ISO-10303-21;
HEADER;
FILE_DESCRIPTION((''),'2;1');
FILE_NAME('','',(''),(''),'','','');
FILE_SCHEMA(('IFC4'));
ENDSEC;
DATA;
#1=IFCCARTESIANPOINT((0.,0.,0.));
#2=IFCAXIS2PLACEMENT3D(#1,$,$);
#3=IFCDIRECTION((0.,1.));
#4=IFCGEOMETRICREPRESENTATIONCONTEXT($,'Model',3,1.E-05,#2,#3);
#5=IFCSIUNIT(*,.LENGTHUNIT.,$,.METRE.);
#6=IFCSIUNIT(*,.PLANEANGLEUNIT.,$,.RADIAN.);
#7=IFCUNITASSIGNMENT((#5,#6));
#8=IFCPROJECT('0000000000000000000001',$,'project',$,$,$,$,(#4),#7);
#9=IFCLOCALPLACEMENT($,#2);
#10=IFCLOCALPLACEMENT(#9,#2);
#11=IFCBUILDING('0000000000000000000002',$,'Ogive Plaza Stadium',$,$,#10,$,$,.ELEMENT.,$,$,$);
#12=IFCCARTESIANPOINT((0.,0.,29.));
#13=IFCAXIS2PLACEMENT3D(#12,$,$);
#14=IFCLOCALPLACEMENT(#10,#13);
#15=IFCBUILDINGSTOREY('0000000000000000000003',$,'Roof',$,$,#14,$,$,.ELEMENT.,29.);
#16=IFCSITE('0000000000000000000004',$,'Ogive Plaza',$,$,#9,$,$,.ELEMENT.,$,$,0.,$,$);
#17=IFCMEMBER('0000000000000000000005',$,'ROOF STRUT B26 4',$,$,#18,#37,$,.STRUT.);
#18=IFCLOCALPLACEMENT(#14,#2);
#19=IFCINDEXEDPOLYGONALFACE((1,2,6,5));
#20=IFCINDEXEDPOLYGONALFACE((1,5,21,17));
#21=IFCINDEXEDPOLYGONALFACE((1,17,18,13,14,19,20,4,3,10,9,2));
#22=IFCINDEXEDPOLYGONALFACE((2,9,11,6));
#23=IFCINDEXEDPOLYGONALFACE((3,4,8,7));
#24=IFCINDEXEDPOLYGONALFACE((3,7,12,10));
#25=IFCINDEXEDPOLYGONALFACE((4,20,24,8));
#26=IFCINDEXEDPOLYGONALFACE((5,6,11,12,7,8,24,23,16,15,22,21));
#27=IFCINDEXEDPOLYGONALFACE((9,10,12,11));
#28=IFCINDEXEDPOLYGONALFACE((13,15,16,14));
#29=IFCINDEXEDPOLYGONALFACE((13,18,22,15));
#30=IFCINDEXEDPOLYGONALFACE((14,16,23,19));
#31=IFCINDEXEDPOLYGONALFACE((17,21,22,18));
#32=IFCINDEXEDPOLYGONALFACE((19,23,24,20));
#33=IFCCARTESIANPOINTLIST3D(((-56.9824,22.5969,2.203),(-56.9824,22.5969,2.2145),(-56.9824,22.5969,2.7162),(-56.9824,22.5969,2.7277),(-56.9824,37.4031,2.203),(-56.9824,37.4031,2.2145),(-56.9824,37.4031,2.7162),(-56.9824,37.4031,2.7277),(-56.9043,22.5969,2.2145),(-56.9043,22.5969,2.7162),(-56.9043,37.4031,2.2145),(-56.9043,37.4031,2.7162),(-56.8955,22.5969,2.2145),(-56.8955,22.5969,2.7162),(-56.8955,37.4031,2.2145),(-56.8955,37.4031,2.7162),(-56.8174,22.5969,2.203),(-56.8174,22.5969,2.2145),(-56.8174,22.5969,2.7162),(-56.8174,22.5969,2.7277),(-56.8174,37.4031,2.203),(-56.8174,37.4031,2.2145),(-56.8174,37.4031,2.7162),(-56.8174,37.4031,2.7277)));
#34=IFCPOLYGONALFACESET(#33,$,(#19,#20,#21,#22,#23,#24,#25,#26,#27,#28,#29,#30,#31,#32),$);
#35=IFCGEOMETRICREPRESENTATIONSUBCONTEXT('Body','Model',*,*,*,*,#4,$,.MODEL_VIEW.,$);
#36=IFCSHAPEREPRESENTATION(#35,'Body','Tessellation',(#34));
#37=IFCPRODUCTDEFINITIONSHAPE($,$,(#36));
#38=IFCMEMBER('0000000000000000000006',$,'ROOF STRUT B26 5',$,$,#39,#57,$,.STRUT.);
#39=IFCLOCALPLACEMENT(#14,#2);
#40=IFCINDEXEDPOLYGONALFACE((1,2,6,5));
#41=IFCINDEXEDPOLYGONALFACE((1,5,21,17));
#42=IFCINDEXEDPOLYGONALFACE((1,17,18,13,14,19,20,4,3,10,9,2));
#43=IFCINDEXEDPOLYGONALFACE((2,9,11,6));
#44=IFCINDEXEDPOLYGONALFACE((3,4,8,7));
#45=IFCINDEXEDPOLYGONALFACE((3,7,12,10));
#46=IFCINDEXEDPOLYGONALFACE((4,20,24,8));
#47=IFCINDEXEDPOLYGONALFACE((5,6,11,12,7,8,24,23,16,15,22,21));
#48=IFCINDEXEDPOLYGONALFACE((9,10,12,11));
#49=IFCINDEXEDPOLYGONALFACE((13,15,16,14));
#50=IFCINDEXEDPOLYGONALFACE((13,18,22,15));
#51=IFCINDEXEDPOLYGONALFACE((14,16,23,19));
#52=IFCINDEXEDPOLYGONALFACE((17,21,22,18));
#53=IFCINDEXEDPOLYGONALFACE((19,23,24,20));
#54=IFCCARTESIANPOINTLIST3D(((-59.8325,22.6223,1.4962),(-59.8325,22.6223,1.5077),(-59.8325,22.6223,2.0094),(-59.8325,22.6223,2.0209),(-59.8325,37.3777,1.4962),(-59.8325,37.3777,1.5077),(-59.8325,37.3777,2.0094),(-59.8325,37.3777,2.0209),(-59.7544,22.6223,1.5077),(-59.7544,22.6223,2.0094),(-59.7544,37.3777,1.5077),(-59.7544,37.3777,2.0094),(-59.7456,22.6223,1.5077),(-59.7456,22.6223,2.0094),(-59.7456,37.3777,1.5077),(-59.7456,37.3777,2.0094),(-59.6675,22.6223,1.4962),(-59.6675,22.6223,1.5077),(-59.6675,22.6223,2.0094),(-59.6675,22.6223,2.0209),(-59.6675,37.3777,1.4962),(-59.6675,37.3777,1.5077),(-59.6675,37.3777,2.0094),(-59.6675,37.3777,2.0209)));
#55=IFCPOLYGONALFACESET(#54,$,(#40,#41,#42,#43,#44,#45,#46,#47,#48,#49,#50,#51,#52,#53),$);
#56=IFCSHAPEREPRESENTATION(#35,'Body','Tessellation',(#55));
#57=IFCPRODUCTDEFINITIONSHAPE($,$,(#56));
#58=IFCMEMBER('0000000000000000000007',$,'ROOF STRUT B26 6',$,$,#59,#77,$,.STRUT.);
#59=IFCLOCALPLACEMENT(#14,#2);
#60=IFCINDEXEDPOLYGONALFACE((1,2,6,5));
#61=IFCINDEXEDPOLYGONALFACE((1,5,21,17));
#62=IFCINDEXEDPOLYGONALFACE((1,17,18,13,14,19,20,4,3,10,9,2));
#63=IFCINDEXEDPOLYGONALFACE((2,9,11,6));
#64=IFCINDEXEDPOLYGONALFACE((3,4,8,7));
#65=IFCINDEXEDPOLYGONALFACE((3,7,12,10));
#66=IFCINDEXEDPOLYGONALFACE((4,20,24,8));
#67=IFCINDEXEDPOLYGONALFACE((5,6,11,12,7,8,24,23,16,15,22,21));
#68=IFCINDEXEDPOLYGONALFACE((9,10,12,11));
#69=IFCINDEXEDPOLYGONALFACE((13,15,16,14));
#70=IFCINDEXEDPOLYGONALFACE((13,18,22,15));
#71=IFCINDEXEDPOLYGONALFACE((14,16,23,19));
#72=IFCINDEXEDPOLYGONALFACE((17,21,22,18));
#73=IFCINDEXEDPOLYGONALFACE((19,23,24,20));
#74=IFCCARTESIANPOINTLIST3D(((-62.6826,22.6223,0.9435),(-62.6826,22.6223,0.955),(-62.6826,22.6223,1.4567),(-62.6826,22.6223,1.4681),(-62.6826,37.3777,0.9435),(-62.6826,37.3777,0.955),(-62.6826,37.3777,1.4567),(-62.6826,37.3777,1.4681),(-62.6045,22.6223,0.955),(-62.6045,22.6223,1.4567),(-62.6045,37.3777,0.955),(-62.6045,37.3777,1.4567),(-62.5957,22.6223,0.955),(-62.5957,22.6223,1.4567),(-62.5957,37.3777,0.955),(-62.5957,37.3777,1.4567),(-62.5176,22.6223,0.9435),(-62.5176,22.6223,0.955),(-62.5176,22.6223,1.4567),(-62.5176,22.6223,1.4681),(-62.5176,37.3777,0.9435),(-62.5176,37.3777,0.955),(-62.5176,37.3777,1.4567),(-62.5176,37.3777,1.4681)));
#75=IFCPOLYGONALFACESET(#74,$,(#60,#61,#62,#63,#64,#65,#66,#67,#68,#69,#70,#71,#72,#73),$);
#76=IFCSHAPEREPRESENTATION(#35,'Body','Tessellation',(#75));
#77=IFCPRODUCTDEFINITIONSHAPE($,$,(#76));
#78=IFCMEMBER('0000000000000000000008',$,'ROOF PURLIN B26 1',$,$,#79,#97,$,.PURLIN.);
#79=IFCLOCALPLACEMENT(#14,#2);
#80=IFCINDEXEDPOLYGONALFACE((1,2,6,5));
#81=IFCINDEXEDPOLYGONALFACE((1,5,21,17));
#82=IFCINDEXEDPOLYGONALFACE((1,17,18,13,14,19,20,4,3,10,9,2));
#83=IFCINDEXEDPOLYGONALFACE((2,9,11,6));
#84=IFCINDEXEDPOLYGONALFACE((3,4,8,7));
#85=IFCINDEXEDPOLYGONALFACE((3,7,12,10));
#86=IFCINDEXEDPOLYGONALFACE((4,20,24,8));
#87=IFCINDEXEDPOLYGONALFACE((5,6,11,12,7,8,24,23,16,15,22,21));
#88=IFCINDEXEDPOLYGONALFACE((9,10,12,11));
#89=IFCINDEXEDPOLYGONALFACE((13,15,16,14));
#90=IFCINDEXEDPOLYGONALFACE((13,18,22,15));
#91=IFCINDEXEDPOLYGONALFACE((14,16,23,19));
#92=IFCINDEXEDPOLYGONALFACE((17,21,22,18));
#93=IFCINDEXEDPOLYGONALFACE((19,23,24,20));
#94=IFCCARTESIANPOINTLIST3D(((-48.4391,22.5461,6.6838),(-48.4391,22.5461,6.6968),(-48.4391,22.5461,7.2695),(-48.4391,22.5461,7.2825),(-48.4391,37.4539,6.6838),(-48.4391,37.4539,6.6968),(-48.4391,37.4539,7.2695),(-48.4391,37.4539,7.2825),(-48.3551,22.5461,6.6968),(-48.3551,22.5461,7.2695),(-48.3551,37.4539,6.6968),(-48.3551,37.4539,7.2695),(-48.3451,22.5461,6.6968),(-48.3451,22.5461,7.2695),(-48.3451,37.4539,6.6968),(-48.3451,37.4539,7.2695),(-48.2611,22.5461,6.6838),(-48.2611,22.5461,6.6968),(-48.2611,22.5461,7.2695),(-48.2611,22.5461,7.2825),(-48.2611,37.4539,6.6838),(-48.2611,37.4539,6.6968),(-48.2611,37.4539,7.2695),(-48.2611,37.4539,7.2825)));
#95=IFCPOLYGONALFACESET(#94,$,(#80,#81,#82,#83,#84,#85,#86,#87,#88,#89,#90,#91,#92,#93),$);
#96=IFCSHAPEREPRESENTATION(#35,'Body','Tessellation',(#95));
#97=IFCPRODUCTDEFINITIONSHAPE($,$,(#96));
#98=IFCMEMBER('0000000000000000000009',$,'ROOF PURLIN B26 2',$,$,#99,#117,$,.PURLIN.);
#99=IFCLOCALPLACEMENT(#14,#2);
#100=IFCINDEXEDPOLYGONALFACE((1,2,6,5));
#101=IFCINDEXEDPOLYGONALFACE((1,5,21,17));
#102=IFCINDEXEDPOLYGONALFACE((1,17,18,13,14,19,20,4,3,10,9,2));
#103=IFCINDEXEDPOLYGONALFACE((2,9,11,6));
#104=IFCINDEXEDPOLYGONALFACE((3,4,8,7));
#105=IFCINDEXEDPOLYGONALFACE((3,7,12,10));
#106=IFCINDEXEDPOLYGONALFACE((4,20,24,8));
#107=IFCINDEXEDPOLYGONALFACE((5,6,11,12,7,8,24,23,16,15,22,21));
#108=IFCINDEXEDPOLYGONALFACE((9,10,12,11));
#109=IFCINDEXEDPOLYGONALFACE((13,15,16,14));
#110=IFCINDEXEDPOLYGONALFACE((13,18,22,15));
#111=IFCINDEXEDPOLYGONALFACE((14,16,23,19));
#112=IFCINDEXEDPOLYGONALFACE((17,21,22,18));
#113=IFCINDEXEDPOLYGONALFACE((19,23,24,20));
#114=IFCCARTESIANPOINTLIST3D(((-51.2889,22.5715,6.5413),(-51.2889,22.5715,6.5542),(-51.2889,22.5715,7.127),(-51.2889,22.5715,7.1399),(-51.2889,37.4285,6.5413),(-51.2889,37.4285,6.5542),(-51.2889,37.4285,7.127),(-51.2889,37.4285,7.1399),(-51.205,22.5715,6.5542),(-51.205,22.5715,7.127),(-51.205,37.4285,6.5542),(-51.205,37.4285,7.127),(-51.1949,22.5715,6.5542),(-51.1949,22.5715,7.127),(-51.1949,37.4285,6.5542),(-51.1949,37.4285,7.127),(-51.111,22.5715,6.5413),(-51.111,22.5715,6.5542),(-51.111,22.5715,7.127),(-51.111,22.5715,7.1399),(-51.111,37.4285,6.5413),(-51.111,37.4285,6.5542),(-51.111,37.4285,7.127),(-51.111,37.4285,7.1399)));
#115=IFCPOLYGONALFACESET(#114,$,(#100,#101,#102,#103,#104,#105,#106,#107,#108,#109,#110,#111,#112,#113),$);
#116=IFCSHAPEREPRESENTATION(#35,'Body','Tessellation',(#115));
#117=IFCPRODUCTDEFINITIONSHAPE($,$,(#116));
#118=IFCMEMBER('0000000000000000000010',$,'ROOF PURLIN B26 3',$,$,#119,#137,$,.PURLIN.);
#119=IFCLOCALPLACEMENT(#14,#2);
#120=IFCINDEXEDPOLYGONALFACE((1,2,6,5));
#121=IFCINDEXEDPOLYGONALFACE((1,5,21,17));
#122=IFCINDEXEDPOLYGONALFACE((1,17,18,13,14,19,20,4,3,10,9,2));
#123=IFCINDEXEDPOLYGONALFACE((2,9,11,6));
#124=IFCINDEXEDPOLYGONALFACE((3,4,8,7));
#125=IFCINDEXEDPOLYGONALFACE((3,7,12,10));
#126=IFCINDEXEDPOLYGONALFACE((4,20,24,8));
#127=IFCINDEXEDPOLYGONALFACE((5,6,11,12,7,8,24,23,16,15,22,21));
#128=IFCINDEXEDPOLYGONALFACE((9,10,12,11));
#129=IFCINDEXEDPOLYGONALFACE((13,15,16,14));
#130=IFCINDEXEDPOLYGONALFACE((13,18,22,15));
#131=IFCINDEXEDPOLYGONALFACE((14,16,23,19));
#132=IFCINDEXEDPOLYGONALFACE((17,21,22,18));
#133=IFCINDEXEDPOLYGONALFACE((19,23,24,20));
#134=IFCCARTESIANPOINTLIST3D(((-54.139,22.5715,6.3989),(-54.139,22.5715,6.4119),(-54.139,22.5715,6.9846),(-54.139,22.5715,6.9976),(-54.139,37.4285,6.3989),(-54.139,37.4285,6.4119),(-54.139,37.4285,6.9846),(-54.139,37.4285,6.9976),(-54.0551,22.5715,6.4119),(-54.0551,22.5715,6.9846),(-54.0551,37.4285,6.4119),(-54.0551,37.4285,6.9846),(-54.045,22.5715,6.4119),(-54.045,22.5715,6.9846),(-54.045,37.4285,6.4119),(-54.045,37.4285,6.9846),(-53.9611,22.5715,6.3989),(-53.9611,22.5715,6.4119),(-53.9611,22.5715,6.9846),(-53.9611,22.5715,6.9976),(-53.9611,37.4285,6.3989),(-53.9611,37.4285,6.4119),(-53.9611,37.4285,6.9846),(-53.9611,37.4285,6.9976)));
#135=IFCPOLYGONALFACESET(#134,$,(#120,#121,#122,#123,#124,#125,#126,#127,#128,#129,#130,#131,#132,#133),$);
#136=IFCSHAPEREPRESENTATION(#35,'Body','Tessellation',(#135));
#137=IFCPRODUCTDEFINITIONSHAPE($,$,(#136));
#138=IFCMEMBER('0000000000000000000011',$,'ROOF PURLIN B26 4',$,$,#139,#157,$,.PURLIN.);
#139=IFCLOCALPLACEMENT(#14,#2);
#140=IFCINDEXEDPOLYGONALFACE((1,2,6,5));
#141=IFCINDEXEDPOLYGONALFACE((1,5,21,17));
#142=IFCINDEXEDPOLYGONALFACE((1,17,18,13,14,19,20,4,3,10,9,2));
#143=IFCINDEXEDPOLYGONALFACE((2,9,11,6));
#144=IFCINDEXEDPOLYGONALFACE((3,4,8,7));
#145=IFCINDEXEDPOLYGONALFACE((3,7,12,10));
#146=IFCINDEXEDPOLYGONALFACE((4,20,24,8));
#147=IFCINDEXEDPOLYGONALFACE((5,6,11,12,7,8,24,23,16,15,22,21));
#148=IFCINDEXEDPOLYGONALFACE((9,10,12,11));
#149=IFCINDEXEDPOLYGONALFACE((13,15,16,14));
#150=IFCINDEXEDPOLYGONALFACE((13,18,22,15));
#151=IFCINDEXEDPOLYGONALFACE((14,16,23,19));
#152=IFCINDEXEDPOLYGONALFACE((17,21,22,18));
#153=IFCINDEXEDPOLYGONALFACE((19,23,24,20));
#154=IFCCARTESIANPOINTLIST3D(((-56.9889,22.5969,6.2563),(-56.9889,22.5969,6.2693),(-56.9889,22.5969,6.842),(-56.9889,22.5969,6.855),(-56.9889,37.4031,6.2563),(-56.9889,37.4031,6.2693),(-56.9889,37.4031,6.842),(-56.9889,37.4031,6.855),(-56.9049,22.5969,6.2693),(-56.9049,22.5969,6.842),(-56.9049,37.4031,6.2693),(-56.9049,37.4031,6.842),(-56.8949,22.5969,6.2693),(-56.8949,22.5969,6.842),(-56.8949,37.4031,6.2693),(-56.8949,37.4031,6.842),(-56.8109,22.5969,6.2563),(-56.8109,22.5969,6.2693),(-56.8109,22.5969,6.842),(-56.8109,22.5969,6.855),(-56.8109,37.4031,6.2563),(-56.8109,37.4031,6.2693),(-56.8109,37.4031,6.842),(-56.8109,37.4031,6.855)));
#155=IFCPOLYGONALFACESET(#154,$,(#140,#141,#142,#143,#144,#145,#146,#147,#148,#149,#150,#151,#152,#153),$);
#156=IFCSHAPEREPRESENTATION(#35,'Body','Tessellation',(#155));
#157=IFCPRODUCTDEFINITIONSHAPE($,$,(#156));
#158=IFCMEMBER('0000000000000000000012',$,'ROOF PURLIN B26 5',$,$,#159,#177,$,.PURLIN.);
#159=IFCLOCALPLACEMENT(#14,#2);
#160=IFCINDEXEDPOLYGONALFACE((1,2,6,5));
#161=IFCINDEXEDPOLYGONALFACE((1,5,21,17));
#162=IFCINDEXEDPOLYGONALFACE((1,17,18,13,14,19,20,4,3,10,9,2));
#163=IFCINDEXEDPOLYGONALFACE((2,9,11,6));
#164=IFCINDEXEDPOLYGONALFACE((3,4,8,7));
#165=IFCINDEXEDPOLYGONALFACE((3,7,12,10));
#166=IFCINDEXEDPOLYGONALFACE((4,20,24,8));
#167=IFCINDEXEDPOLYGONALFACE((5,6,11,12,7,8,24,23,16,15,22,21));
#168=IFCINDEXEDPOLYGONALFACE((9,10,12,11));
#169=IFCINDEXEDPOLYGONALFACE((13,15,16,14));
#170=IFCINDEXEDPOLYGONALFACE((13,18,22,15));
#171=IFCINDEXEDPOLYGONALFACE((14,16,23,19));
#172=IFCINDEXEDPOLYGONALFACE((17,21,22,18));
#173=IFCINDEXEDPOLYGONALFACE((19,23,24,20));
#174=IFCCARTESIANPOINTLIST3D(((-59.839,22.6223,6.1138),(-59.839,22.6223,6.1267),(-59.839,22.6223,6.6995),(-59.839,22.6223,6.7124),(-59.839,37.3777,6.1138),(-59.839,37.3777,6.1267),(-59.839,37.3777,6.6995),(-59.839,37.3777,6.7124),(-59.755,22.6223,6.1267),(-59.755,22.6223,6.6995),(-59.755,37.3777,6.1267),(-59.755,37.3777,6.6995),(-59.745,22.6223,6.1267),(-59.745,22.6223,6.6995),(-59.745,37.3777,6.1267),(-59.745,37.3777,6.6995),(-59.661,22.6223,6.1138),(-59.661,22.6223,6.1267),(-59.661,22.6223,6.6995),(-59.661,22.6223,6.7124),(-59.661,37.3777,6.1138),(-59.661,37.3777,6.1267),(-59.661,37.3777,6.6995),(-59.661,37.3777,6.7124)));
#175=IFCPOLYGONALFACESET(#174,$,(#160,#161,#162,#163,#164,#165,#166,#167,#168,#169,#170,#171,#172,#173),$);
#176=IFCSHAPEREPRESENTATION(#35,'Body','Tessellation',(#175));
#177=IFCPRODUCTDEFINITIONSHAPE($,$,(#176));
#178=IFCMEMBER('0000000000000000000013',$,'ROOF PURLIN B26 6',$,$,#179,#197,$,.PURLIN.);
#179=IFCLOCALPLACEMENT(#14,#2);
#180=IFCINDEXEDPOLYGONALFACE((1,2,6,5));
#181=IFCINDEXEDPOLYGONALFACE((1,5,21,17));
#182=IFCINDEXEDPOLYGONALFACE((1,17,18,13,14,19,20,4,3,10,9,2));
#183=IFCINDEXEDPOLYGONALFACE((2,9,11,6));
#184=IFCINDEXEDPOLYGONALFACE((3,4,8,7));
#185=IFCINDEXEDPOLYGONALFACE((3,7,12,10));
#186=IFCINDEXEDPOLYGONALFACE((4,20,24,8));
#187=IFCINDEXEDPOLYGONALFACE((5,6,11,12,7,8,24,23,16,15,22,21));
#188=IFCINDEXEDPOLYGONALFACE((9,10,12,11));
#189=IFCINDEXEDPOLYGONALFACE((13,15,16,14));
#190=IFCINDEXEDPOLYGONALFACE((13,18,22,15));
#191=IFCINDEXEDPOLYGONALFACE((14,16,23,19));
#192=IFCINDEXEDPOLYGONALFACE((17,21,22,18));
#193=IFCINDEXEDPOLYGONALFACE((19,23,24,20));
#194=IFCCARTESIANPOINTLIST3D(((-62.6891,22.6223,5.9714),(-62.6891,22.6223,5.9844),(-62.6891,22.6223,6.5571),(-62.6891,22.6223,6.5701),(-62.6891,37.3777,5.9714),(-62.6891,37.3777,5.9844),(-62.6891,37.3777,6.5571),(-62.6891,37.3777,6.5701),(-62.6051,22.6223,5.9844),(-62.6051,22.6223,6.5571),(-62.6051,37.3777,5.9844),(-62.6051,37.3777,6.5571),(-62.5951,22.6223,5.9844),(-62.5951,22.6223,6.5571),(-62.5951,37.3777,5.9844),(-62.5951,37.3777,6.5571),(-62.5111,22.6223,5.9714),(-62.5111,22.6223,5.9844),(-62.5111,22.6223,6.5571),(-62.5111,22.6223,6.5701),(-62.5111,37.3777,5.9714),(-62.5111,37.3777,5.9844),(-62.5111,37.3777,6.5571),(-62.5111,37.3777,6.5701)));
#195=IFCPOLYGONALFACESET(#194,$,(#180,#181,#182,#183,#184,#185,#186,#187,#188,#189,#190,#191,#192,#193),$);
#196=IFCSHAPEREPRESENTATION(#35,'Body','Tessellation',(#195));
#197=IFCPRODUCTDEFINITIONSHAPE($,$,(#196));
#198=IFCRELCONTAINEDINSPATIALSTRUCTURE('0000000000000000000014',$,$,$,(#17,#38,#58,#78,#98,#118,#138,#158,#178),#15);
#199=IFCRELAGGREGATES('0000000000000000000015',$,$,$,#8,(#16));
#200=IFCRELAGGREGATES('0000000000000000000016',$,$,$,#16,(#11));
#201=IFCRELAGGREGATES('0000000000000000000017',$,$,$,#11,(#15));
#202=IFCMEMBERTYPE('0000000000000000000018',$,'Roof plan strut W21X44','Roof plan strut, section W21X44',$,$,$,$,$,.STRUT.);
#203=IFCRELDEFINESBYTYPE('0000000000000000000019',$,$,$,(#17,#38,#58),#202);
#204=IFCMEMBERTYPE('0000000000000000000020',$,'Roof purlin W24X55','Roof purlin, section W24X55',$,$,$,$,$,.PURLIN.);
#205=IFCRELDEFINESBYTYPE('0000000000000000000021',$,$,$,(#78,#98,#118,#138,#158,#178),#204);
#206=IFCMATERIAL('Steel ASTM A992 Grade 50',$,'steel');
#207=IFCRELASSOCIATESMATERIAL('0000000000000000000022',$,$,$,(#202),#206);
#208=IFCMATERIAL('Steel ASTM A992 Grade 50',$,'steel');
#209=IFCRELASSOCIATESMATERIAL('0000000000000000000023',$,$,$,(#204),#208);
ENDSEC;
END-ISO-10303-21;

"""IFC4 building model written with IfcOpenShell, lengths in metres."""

from ifc_helpers import new_model, si_unit, direction, frame, origin, origin_2d, place, context, subcontext, project, spatial, i_section, extrude, material, material_profile, profile_set, type_object, element, save


model = new_model("IFC4")

# Units and contexts
model_context = context("Model", 3, precision=1e-05, world=origin(), true_north=direction((0.0, 1.0)))
body_context = subcontext(model_context, "Body", "Model", "MODEL_VIEW")
ifc_project = project(units=[si_unit("LENGTHUNIT", "METRE"), si_unit("PLANEANGLEUNIT", "RADIAN")], contexts=[model_context])

# Site, building, storey
site_placement = place(None, origin())
site = spatial("IfcSite", under=ifc_project, at=site_placement, Name="Ogive Plaza", CompositionType="ELEMENT", RefElevation=0.0)
building_placement = place(site_placement, origin())
building = spatial("IfcBuilding", under=site, at=building_placement, Name="Ogive Plaza Stadium", CompositionType="ELEMENT")
storey_placement = place(building_placement, frame((0.0, 0.0, 29.0)))
storey = spatial("IfcBuildingStorey", under=building, at=storey_placement, Name="Roof", CompositionType="ELEMENT", Elevation=29.0)

# Members
ifc_material_1 = material(Name="Steel ASTM A992 Grade 50", Category="steel")
ifc_material_profile_1 = material_profile(ifc_material_1, i_section(OverallWidth=0.165, OverallDepth=0.5247, WebThickness=0.0088, FlangeThickness=0.0115, at=origin_2d()), Name="W21X44")
ifc_profile_set_1 = profile_set([ifc_material_profile_1], Name="Steel ASTM A992 Grade 50")
member_type_1 = type_object("IfcMemberType", Name="Roof plan strut W21X44", Description="Roof plan strut, section W21X44", PredefinedType="STRUT", material=ifc_profile_set_1)
member_1_placement = place(storey_placement, frame((-56.8999, 22.5969, 2.4653), z_axis=(0.0, 1.0, 0.0), x_axis=(-1.0, 0.0, 0.0)))
element("IfcMember", 1, at=member_1_placement, inside=storey, type_object=member_type_1, Name="ROOF STRUT B26 4", PredefinedType="STRUT", context=body_context, shape_type="SweptSolid", body=[
    extrude(i_section(OverallWidth=0.165, OverallDepth=0.5247, WebThickness=0.0088, FlangeThickness=0.0115, at=origin_2d()), origin(), (0.0, 0.0, 1.0), 14.8062),
])
for number, where, z_axis, x_axis, name in (
    (2, (-59.75, 22.6223, 1.7585), (0.0, 1.0, 0.0), (-1.0, 0.0, 0.0), "ROOF STRUT B26 5"),
    (3, (-62.6001, 22.6223, 1.2058), (0.0, 1.0, 0.0), (-1.0, 0.0, 0.0), "ROOF STRUT B26 6"),
):
    element("IfcMember", number, at=place(storey_placement, frame(where, z_axis=z_axis, x_axis=x_axis)), inside=storey, type_object=member_type_1, Name=name, PredefinedType="STRUT", context=body_context, shape_type="SweptSolid", body=[
        extrude(i_section(OverallWidth=0.165, OverallDepth=0.5247, WebThickness=0.0088, FlangeThickness=0.0115, at=origin_2d()), origin(), (0.0, 0.0, 1.0), 14.7554),
    ])
ifc_material_2 = material(Name="Steel ASTM A992 Grade 50", Category="steel")
ifc_material_profile_2 = material_profile(ifc_material_2, i_section(OverallWidth=0.178, OverallDepth=0.5986, WebThickness=0.01, FlangeThickness=0.0129, at=origin_2d()), Name="W24X55")
ifc_profile_set_2 = profile_set([ifc_material_profile_2], Name="Steel ASTM A992 Grade 50")
member_type_2 = type_object("IfcMemberType", Name="Roof purlin W24X55", Description="Roof purlin, section W24X55", PredefinedType="PURLIN", material=ifc_profile_set_2)
member_2_placement = place(storey_placement, frame((-48.3501, 22.5461, 6.9832), z_axis=(0.0, 1.0, 0.0), x_axis=(-1.0, 0.0, 0.0)))
element("IfcMember", 4, at=member_2_placement, inside=storey, type_object=member_type_2, Name="ROOF PURLIN B26 1", PredefinedType="PURLIN", context=body_context, shape_type="SweptSolid", body=[
    extrude(i_section(OverallWidth=0.178, OverallDepth=0.5986, WebThickness=0.01, FlangeThickness=0.0129, at=origin_2d()), origin(), (0.0, 0.0, 1.0), 14.9077),
])
for number, where, z_axis, x_axis, name in (
    (5, (-51.2, 22.5715, 6.8406), (0.0, 1.0, 0.0), (-1.0, 0.0, 0.0), "ROOF PURLIN B26 2"),
    (6, (-54.05, 22.5715, 6.6982), (0.0, 1.0, 0.0), (-1.0, 0.0, 0.0), "ROOF PURLIN B26 3"),
):
    element("IfcMember", number, at=place(storey_placement, frame(where, z_axis=z_axis, x_axis=x_axis)), inside=storey, type_object=member_type_2, Name=name, PredefinedType="PURLIN", context=body_context, shape_type="SweptSolid", body=[
        extrude(i_section(OverallWidth=0.178, OverallDepth=0.5986, WebThickness=0.01, FlangeThickness=0.0129, at=origin_2d()), origin(), (0.0, 0.0, 1.0), 14.8569),
    ])
member_3_placement = place(storey_placement, frame((-56.8999, 22.5969, 6.5557), z_axis=(0.0, 1.0, 0.0), x_axis=(-1.0, 0.0, 0.0)))
element("IfcMember", 7, at=member_3_placement, inside=storey, type_object=member_type_2, Name="ROOF PURLIN B26 4", PredefinedType="PURLIN", context=body_context, shape_type="SweptSolid", body=[
    extrude(i_section(OverallWidth=0.178, OverallDepth=0.5986, WebThickness=0.01, FlangeThickness=0.0129, at=origin_2d()), origin(), (0.0, 0.0, 1.0), 14.8062),
])
for number, where, z_axis, x_axis, name in (
    (8, (-59.75, 22.6223, 6.4131), (0.0, 1.0, 0.0), (-1.0, 0.0, 0.0), "ROOF PURLIN B26 5"),
    (9, (-62.6001, 22.6223, 6.2708), (0.0, 1.0, 0.0), (-1.0, 0.0, 0.0), "ROOF PURLIN B26 6"),
):
    element("IfcMember", number, at=place(storey_placement, frame(where, z_axis=z_axis, x_axis=x_axis)), inside=storey, type_object=member_type_2, Name=name, PredefinedType="PURLIN", context=body_context, shape_type="SweptSolid", body=[
        extrude(i_section(OverallWidth=0.178, OverallDepth=0.5986, WebThickness=0.01, FlangeThickness=0.0129, at=origin_2d()), origin(), (0.0, 0.0, 1.0), 14.7554),
    ])

save(model, "model.ifc")
